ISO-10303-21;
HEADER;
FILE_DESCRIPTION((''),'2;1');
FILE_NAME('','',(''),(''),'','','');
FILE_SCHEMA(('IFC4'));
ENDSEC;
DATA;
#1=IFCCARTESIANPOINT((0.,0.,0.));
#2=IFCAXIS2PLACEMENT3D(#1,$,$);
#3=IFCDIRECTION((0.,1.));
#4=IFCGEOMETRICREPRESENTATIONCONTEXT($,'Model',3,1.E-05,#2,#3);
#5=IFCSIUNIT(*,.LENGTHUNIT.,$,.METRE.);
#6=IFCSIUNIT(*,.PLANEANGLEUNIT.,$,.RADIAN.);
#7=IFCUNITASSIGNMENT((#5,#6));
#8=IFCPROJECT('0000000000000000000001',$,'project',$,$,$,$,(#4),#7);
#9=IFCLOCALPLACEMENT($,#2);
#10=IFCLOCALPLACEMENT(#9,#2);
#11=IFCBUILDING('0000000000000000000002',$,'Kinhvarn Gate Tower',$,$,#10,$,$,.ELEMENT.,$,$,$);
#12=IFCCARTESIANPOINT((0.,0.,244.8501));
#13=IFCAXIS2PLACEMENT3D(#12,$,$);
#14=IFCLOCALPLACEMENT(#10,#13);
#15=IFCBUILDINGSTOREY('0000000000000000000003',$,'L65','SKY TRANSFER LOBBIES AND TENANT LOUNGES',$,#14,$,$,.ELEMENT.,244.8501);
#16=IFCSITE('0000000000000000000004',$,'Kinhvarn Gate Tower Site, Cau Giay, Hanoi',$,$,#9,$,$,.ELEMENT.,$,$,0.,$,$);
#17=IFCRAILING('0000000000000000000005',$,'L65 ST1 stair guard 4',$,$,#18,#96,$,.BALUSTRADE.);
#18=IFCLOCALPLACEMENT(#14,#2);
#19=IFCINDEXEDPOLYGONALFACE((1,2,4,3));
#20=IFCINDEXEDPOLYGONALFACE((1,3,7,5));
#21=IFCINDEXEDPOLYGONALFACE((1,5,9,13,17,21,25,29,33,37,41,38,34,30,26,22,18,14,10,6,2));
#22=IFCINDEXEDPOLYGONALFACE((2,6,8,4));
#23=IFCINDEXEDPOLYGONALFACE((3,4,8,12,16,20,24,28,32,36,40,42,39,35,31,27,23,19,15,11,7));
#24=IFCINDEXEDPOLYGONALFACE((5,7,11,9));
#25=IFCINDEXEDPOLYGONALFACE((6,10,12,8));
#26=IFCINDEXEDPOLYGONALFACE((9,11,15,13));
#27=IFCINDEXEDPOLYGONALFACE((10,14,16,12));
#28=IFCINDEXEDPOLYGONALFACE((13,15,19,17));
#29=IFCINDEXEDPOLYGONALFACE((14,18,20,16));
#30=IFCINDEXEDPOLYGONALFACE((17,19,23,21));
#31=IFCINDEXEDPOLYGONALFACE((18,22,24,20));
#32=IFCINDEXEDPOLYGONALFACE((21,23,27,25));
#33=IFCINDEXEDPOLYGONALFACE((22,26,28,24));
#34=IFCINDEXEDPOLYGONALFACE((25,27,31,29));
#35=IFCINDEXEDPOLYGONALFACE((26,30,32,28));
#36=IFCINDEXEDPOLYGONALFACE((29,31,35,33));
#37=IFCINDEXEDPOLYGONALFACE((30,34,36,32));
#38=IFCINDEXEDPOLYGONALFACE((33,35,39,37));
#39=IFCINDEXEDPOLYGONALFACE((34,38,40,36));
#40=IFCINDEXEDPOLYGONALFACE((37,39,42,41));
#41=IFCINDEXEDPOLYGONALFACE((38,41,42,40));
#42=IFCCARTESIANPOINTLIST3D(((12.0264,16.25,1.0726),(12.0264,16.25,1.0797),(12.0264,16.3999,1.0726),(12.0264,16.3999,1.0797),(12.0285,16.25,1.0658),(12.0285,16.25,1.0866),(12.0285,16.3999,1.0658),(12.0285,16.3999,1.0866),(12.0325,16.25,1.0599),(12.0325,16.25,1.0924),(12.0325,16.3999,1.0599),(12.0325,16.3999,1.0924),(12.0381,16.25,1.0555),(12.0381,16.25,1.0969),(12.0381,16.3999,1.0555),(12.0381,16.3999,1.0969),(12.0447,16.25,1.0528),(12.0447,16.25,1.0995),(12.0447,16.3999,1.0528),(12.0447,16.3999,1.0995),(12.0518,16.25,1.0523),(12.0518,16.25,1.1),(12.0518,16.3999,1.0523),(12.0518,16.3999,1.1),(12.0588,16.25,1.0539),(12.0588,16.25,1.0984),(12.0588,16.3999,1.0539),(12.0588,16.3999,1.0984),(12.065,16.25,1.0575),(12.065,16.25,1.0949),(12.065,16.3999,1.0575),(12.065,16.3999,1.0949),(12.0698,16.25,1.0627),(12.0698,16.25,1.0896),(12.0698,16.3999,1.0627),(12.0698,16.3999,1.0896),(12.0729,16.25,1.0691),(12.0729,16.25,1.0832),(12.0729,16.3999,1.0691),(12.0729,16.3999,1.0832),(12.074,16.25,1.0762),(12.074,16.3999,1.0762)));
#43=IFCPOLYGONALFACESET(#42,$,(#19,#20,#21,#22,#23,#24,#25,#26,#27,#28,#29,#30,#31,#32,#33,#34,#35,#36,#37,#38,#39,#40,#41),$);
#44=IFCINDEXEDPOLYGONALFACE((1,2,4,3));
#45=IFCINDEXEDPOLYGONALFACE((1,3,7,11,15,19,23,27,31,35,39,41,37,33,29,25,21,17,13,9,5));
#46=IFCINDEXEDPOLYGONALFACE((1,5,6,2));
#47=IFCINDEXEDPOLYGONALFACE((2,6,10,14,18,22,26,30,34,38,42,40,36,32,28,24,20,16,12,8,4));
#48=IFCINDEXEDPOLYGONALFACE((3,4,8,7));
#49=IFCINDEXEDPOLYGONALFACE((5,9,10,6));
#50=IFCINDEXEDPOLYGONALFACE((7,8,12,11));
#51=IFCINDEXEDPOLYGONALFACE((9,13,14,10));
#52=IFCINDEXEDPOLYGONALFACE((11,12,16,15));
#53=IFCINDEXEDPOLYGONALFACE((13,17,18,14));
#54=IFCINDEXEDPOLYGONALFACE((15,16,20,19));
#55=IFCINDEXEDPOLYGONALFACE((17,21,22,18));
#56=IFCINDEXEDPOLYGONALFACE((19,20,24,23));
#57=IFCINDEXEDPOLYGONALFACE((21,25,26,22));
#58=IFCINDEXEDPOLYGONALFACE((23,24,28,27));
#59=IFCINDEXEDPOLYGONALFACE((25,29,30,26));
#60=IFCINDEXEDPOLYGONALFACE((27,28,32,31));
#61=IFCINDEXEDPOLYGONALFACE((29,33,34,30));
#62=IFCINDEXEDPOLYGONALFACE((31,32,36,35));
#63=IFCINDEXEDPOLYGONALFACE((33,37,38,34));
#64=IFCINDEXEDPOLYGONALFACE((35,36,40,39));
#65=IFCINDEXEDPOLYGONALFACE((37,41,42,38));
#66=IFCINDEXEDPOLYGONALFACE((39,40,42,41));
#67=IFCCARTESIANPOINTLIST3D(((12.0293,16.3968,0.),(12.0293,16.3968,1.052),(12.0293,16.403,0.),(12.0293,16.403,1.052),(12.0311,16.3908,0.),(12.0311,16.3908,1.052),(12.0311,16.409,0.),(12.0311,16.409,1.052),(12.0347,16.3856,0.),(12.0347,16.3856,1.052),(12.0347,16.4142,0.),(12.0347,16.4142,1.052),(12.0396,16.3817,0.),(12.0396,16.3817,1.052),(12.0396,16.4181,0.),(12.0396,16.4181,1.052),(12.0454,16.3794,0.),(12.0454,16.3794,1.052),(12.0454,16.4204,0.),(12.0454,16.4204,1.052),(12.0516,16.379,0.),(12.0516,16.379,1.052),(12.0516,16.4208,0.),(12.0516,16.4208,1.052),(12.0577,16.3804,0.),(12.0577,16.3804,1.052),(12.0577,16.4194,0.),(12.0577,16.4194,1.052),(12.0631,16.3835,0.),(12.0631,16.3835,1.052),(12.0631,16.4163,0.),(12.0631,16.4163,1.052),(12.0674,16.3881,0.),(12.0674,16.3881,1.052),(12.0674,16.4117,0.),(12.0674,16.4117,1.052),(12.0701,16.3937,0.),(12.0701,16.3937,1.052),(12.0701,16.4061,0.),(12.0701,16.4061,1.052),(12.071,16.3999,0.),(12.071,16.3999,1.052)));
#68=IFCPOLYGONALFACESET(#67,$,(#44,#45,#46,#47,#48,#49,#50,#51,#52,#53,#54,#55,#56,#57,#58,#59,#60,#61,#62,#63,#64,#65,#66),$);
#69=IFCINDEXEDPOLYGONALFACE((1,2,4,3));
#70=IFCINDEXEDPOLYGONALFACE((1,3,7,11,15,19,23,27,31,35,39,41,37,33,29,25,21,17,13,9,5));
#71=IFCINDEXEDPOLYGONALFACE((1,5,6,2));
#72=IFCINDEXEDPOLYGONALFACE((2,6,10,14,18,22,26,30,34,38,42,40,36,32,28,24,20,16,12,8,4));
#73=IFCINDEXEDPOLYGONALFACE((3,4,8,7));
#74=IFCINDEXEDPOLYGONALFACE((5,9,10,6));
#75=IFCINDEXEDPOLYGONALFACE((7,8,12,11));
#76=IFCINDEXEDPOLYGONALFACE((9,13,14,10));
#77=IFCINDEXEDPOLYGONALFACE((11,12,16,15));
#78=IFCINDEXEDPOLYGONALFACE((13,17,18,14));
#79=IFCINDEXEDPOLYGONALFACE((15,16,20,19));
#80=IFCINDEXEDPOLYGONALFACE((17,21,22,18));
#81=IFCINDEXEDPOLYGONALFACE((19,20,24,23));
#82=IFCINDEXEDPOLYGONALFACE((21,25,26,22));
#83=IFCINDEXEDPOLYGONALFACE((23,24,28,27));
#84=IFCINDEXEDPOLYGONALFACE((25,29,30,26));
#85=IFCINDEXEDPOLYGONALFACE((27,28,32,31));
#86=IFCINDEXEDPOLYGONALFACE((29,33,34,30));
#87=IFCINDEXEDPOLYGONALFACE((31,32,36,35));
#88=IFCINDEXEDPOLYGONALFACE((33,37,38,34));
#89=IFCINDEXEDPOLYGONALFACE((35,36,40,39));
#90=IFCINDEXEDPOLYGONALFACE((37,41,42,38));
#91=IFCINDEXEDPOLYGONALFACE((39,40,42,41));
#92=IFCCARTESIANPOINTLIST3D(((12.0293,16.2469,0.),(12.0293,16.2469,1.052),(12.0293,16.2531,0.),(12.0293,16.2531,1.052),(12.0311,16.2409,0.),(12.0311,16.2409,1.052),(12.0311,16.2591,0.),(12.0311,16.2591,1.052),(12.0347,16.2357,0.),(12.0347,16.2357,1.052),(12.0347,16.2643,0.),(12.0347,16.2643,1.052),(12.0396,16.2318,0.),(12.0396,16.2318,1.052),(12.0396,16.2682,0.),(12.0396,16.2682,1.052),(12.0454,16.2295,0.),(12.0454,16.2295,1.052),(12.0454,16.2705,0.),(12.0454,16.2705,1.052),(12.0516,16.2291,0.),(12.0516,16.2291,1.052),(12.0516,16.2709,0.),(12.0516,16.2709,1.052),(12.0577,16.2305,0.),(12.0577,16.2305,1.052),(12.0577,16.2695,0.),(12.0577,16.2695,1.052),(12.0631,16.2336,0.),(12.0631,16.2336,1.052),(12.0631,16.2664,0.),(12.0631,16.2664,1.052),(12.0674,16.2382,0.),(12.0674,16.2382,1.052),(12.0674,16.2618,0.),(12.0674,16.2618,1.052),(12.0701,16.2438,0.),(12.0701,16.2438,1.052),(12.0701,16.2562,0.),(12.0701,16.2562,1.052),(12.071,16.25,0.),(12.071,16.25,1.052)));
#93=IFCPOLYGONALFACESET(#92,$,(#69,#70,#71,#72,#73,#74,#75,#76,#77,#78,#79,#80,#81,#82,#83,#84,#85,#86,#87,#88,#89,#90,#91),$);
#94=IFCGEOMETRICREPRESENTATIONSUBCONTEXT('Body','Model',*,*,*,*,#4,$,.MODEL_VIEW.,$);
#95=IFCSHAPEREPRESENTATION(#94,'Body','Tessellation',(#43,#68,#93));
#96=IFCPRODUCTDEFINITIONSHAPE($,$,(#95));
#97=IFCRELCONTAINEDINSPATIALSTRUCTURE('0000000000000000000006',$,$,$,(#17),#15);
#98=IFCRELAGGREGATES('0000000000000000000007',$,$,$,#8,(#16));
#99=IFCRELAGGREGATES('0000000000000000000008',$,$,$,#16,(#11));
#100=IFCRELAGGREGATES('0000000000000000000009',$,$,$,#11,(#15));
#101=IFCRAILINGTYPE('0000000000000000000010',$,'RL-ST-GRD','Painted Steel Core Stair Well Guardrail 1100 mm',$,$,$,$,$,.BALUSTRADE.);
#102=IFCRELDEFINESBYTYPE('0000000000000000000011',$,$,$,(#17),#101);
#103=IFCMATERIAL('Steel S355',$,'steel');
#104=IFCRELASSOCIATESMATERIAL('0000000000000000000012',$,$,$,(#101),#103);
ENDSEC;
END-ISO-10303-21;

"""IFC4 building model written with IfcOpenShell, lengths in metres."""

from ifc_helpers import new_model, si_unit, direction, frame, origin, origin_2d, place, context, subcontext, project, spatial, circle, extrude, material, type_object, element, save


model = new_model("IFC4")

# Units and contexts
model_context = context("Model", 3, precision=1e-05, world=origin(), true_north=direction((0.0, 1.0)))
body_context = subcontext(model_context, "Body", "Model", "MODEL_VIEW")
ifc_project = project(units=[si_unit("LENGTHUNIT", "METRE"), si_unit("PLANEANGLEUNIT", "RADIAN")], contexts=[model_context])

# Site, building, storey
site_placement = place(None, origin())
site = spatial("IfcSite", under=ifc_project, at=site_placement, Name="Kinhvarn Gate Tower Site, Cau Giay, Hanoi", CompositionType="ELEMENT", RefElevation=0.0)
building_placement = place(site_placement, origin())
building = spatial("IfcBuilding", under=site, at=building_placement, Name="Kinhvarn Gate Tower", CompositionType="ELEMENT")
storey_placement = place(building_placement, frame((0.0, 0.0, 244.8501)))
storey = spatial("IfcBuildingStorey", under=building, at=storey_placement, Name="L65", Description="SKY TRANSFER LOBBIES AND TENANT LOUNGES", CompositionType="ELEMENT", Elevation=244.8501)

# Shared definitions
ifc_material_1 = material(Name="Steel S355", Category="steel")

# Railing
railing_type_1 = type_object("IfcRailingType", Name="RL-ST-GRD", Description="Painted Steel Core Stair Well Guardrail 1100 mm", PredefinedType="BALUSTRADE", material=ifc_material_1)
railing_1_placement = place(storey_placement, frame((12.05, 16.3999, 0.0)))
element("IfcRailing", 1, at=railing_1_placement, inside=storey, type_object=railing_type_1, Name="L65 ST1 stair guard 4", PredefinedType="BALUSTRADE", context=body_context, shape_type="SweptSolid", body=[
    extrude(circle(Radius=0.0239, at=origin_2d()), frame((0.0, 0.0, 1.0762), z_axis=(0.0, -1.0, 0.0), x_axis=(1.0, 0.0, 0.0)), (0.0, 0.0, 1.0), 0.1499),
    extrude(circle(Radius=0.021, at=origin_2d()), origin(), (0.0, 0.0, 1.0), 1.052),
    extrude(circle(Radius=0.021, at=origin_2d()), frame((0.0, -0.1499, 0.0)), (0.0, 0.0, 1.0), 1.052),
])

save(model, "model.ifc")
